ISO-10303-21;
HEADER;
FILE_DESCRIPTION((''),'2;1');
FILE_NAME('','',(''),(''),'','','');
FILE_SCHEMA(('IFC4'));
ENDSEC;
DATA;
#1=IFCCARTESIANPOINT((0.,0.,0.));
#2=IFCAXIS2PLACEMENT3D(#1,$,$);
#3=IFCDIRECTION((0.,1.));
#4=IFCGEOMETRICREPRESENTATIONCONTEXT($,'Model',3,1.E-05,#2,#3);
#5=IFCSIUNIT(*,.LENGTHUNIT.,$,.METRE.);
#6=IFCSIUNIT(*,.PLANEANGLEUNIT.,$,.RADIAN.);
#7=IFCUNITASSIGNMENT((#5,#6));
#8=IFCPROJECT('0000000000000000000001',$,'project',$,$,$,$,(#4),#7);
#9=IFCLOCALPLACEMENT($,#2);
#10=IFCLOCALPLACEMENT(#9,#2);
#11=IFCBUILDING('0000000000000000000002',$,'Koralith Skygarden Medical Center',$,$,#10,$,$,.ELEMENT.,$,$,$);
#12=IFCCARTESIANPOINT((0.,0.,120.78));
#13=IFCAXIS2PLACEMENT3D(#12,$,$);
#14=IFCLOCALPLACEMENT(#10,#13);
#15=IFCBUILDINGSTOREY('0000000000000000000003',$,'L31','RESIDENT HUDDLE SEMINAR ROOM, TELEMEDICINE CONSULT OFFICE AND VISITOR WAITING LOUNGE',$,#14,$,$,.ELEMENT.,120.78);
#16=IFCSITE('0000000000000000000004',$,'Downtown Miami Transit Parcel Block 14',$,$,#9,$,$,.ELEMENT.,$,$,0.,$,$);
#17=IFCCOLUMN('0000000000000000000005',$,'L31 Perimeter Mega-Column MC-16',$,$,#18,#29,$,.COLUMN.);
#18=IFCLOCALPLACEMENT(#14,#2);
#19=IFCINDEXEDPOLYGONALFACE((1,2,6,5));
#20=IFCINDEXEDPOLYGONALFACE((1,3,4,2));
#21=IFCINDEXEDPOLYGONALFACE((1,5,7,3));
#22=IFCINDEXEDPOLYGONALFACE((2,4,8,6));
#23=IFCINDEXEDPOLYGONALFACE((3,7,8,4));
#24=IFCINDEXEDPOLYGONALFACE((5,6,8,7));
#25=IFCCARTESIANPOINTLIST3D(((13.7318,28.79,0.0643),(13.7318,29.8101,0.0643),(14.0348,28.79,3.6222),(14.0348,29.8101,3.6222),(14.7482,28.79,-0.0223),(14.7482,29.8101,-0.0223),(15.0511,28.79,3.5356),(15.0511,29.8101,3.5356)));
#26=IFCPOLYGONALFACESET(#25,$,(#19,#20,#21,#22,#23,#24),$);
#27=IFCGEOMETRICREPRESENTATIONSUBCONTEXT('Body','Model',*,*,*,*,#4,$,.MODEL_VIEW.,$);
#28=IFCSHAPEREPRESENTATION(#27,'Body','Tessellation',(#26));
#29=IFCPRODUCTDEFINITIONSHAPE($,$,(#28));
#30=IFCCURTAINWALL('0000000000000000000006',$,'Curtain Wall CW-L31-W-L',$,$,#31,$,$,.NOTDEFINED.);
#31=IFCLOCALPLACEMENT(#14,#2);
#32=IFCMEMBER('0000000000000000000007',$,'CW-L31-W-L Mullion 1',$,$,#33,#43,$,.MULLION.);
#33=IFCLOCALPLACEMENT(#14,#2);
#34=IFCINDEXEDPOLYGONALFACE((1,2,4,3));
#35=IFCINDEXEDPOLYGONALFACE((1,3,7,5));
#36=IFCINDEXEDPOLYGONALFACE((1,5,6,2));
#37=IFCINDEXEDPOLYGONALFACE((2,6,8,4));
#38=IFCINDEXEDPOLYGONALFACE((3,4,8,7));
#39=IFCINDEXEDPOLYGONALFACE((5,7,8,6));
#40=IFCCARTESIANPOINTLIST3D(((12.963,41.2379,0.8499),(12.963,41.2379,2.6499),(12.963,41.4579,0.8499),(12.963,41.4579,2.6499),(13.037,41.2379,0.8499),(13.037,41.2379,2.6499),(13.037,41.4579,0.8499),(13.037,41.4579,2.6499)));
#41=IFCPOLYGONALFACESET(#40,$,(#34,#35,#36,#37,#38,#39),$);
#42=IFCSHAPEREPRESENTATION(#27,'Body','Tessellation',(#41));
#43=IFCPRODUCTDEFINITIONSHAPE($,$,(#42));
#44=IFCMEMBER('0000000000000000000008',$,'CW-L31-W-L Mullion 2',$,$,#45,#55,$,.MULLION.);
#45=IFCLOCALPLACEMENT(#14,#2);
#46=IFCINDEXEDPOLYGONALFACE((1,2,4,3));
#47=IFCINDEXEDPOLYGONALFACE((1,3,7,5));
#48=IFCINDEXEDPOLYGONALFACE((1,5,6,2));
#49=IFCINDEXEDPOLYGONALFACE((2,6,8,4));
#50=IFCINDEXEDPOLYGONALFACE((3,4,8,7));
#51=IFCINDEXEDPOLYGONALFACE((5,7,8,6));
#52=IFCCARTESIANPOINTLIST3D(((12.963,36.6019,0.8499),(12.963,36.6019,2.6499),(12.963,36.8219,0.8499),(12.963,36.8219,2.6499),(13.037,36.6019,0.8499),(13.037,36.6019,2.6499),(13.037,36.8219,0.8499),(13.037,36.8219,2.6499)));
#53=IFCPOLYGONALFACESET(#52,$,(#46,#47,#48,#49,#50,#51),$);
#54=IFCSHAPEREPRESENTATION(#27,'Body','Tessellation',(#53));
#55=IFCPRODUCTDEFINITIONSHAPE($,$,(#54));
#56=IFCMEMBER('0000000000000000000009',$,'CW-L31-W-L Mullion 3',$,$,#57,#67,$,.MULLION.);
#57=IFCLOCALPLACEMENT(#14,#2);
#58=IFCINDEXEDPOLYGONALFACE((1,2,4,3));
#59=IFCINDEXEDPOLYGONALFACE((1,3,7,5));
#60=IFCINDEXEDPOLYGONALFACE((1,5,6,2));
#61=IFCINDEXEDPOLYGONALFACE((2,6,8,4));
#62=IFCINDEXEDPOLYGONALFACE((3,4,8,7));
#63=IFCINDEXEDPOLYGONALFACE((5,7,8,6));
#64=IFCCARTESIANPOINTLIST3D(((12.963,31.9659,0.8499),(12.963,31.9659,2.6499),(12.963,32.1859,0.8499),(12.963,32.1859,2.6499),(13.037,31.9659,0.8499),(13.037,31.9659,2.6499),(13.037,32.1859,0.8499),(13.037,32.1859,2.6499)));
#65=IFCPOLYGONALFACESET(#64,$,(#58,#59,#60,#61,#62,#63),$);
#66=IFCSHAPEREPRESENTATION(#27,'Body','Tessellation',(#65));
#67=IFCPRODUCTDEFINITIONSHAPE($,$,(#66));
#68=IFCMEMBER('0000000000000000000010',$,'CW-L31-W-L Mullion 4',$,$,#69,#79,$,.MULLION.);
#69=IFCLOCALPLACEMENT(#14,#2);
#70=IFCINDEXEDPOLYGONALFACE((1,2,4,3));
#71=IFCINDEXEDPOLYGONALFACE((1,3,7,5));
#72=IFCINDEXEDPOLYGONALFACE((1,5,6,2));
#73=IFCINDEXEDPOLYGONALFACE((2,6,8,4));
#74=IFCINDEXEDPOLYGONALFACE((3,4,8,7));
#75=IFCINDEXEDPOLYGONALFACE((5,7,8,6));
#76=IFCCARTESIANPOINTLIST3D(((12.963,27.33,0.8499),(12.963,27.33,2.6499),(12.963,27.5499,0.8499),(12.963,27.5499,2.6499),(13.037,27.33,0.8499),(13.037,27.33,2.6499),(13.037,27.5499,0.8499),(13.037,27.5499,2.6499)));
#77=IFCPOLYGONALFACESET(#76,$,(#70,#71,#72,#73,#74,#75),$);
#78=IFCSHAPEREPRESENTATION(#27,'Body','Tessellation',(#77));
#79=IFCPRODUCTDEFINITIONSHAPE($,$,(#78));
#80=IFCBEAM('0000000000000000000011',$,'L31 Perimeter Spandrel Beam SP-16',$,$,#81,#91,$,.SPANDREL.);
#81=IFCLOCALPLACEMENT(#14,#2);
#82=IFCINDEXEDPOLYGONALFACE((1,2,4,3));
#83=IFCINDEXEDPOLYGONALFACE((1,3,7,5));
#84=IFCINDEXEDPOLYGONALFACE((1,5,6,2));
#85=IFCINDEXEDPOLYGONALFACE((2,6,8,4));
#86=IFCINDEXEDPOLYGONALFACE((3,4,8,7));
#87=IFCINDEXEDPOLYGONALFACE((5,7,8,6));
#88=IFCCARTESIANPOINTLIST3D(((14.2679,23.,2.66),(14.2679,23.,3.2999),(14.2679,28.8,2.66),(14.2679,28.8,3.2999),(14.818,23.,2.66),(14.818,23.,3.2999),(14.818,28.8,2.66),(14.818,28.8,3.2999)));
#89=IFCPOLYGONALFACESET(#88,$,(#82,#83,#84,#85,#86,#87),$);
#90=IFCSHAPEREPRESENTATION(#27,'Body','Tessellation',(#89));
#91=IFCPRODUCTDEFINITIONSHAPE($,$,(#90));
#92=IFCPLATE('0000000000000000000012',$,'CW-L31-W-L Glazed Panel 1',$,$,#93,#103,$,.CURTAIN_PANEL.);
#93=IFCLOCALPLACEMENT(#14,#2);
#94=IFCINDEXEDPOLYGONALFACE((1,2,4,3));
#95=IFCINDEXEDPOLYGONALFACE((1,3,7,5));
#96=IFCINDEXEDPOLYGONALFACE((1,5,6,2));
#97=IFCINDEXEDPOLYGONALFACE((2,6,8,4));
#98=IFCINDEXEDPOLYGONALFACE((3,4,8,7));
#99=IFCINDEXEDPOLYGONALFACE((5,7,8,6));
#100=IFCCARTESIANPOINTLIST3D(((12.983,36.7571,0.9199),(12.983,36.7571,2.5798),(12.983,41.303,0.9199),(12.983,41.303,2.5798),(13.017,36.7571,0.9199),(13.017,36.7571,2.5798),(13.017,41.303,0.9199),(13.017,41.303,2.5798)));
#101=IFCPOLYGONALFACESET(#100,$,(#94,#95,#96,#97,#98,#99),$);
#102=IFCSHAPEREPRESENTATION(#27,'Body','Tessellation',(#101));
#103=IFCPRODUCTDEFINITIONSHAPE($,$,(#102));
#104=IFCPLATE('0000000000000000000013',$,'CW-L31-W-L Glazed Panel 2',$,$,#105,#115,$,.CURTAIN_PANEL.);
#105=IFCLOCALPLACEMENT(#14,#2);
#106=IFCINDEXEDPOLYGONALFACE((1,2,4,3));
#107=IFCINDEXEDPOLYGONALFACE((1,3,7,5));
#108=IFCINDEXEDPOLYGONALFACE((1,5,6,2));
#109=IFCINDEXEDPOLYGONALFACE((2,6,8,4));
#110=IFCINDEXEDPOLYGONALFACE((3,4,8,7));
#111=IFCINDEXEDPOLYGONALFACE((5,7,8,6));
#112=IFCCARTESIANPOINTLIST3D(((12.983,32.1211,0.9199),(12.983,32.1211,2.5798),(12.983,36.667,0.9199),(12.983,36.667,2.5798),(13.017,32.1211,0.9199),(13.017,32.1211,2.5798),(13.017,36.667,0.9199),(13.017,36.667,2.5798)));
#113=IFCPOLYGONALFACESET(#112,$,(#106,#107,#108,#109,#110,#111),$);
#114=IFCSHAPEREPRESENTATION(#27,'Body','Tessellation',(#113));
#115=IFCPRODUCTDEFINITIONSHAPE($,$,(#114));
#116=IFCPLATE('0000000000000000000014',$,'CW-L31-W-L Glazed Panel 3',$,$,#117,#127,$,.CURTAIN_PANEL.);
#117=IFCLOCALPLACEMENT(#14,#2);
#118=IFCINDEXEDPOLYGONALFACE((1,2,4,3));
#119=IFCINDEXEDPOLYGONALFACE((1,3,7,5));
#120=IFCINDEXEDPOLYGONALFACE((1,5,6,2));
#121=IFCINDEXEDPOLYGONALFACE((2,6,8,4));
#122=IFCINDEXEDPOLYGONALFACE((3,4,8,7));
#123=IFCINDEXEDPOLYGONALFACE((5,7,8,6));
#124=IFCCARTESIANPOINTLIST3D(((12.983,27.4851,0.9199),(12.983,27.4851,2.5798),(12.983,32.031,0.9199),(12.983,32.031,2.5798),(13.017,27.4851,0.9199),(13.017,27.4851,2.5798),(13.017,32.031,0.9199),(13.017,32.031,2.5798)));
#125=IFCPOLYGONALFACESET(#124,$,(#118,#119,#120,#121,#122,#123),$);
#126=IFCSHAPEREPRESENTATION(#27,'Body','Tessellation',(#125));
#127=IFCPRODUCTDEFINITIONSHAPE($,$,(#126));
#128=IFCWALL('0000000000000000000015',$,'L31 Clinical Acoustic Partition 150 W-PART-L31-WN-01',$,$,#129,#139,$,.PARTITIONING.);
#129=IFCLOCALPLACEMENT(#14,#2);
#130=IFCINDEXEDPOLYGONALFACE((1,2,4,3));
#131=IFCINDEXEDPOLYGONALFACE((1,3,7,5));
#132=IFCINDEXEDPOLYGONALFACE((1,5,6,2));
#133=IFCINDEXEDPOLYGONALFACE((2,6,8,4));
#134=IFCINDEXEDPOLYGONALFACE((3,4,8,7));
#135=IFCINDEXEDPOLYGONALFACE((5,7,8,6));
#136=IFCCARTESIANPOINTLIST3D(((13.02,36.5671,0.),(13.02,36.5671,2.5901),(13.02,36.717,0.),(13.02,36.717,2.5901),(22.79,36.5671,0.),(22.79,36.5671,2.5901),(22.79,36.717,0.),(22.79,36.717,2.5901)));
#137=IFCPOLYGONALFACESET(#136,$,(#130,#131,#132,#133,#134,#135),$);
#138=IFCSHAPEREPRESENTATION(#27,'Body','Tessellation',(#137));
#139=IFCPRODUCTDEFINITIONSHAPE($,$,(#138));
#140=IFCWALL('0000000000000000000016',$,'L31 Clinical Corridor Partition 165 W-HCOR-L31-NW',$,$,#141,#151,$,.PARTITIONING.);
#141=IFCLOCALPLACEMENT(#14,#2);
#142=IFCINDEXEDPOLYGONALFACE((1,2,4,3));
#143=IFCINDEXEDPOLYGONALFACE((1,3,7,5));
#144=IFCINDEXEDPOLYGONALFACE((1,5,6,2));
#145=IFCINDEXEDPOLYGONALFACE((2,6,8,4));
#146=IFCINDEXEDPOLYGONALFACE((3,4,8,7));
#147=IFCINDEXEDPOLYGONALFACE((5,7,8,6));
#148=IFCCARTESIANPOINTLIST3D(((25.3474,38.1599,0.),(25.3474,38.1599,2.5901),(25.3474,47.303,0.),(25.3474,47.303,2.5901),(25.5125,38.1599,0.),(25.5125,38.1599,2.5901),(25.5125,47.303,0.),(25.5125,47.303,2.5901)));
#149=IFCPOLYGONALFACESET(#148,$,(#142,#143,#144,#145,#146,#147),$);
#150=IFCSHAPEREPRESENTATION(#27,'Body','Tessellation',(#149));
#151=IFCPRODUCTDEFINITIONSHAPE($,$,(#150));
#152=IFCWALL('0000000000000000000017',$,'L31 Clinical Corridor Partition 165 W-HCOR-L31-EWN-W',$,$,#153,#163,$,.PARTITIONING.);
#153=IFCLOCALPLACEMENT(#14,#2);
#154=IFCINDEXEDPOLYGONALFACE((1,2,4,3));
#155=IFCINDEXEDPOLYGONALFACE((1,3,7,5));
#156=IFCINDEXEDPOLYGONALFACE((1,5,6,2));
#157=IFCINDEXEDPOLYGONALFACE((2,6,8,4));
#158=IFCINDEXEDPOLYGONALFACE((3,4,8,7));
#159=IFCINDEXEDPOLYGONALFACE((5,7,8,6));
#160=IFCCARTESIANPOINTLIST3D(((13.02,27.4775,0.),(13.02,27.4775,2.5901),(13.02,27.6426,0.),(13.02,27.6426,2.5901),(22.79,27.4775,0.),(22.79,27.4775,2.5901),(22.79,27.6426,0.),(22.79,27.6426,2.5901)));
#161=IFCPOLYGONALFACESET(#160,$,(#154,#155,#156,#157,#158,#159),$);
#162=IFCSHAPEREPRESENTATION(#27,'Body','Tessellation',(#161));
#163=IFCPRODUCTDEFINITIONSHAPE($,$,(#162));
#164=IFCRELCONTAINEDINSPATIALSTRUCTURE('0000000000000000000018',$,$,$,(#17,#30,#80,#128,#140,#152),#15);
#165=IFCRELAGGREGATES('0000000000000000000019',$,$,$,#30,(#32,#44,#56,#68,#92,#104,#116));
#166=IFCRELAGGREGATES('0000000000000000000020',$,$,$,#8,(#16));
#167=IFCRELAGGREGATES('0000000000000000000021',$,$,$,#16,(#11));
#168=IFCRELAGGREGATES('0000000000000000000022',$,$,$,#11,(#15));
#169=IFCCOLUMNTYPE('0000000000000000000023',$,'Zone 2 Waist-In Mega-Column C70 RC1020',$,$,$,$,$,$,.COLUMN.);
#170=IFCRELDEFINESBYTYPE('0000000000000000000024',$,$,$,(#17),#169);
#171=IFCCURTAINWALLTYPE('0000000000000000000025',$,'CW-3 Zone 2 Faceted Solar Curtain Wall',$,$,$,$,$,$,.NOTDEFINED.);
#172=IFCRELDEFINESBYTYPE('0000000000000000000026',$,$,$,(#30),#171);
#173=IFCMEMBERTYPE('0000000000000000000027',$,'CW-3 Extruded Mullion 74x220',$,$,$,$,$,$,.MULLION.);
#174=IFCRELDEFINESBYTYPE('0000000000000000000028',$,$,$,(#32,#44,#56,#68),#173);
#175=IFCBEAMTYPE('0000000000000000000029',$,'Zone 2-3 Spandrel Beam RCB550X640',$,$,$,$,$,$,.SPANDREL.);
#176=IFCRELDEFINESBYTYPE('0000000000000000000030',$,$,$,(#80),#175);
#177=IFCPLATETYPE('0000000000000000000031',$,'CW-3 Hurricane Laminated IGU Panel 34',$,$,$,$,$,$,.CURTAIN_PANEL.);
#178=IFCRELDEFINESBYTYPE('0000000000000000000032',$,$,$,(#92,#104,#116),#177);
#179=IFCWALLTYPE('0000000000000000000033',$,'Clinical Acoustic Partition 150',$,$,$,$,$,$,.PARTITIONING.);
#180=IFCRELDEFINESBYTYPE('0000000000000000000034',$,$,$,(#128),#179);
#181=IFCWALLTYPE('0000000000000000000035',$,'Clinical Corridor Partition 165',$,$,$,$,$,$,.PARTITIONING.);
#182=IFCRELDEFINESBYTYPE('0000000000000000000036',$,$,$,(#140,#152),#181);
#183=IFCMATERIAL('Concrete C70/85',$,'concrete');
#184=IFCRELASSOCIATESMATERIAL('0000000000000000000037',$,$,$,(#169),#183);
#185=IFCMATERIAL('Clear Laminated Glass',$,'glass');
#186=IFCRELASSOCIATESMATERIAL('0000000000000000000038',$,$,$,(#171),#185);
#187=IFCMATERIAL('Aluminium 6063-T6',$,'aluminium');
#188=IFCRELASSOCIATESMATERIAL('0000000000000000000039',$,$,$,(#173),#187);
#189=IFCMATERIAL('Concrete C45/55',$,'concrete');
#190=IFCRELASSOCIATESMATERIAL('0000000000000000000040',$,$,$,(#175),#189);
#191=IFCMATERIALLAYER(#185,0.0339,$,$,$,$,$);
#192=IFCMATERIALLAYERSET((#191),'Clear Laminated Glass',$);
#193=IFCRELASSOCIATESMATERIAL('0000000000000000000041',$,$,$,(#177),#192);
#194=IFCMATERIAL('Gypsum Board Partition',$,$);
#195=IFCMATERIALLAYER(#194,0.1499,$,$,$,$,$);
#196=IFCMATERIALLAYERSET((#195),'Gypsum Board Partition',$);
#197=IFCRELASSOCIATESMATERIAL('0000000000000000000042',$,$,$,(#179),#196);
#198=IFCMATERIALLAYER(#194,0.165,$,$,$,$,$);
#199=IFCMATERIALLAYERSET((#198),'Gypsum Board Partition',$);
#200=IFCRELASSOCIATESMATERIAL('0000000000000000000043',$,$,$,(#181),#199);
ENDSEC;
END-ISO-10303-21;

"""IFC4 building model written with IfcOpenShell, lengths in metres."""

from ifc_helpers import new_model, si_unit, direction, frame, frame_2d, origin, origin_2d, place, context, subcontext, project, spatial, rectangle, extrude, material, layer, layer_set, material_profile, profile_set, type_object, element, aggregate, save


model = new_model("IFC4")

# Units and contexts
model_context = context("Model", 3, precision=1e-05, world=origin(), true_north=direction((0.0, 1.0)))
body_context = subcontext(model_context, "Body", "Model", "MODEL_VIEW")
ifc_project = project(units=[si_unit("LENGTHUNIT", "METRE"), si_unit("PLANEANGLEUNIT", "RADIAN")], contexts=[model_context])

# Site, building, storey
site_placement = place(None, origin())
site = spatial("IfcSite", under=ifc_project, at=site_placement, Name="Downtown Miami Transit Parcel Block 14", CompositionType="ELEMENT", RefElevation=0.0)
building_placement = place(site_placement, origin())
building = spatial("IfcBuilding", under=site, at=building_placement, Name="Koralith Skygarden Medical Center", CompositionType="ELEMENT")
storey_placement = place(building_placement, frame((0.0, 0.0, 120.78)))
storey = spatial("IfcBuildingStorey", under=building, at=storey_placement, Name="L31", Description="RESIDENT HUDDLE SEMINAR ROOM, TELEMEDICINE CONSULT OFFICE AND VISITOR WAITING LOUNGE", CompositionType="ELEMENT", Elevation=120.78)

# Column
ifc_material_1 = material(Name="Concrete C70/85", Category="concrete")
ifc_material_profile_1 = material_profile(ifc_material_1, rectangle(XDim=1.02, YDim=1.02, at=origin_2d()), Name="RC1020X1020")
ifc_profile_set_1 = profile_set([ifc_material_profile_1], Name="Concrete C70/85")
column_type = type_object("IfcColumnType", Name="Zone 2 Waist-In Mega-Column C70 RC1020", PredefinedType="COLUMN", material=ifc_profile_set_1)
column_placement = place(storey_placement, frame((14.24, 29.3, 0.021), z_axis=(0.08485, 0.0, 0.996394), x_axis=(0.0, 1.0, 0.0)))
element("IfcColumn", 1, at=column_placement, inside=storey, type_object=column_type, Name="L31 Perimeter Mega-Column MC-16", PredefinedType="COLUMN", context=body_context, shape_type="SweptSolid", body=[
    extrude(rectangle(XDim=1.02, YDim=1.02, at=origin_2d()), origin(), (0.0, 0.0, 1.0), 3.5708),
])

# Curtain wall, members
ifc_material_2 = material(Name="Clear Laminated Glass", Category="glass")
curtain_wall_type = type_object("IfcCurtainWallType", Name="CW-3 Zone 2 Faceted Solar Curtain Wall", PredefinedType="NOTDEFINED", material=ifc_material_2)
curtain_wall_placement = place(storey_placement, origin())
curtain_wall = element("IfcCurtainWall", 2, at=curtain_wall_placement, inside=storey, type_object=curtain_wall_type, Name="Curtain Wall CW-L31-W-L", PredefinedType="NOTDEFINED")
ifc_material_3 = material(Name="Aluminium 6063-T6", Category="aluminium")
ifc_material_profile_2 = material_profile(ifc_material_3, rectangle(XDim=0.074, YDim=0.22, at=origin_2d()), Name="MUL74X220")
ifc_profile_set_2 = profile_set([ifc_material_profile_2], Name="Aluminium 6063-T6")
member_type = type_object("IfcMemberType", Name="CW-3 Extruded Mullion 74x220", PredefinedType="MULLION", material=ifc_profile_set_2)
member_1_placement = place(storey_placement, frame((13.0, 41.3479, 0.8499), z_axis=(0.0, 0.0, 1.0), x_axis=(1.0, 0.0, 0.0)))
member_1 = element("IfcMember", 3, at=member_1_placement, type_object=member_type, Name="CW-L31-W-L Mullion 1", PredefinedType="MULLION", context=body_context, shape_type="SweptSolid", body=[
    extrude(rectangle(XDim=0.074, YDim=0.22, at=origin_2d()), origin(), (0.0, 0.0, 1.0), 1.8),
])
member_2_placement = place(storey_placement, frame((13.0, 36.7119, 0.8499), z_axis=(0.0, 0.0, 1.0), x_axis=(1.0, 0.0, 0.0)))
member_2 = element("IfcMember", 4, at=member_2_placement, type_object=member_type, Name="CW-L31-W-L Mullion 2", PredefinedType="MULLION", context=body_context, shape_type="SweptSolid", body=[
    extrude(rectangle(XDim=0.074, YDim=0.22, at=origin_2d()), origin(), (0.0, 0.0, 1.0), 1.8),
])
member_3_placement = place(storey_placement, frame((13.0, 32.0759, 0.8499), z_axis=(0.0, 0.0, 1.0), x_axis=(1.0, 0.0, 0.0)))
member_3 = element("IfcMember", 5, at=member_3_placement, type_object=member_type, Name="CW-L31-W-L Mullion 3", PredefinedType="MULLION", context=body_context, shape_type="SweptSolid", body=[
    extrude(rectangle(XDim=0.074, YDim=0.22, at=origin_2d()), origin(), (0.0, 0.0, 1.0), 1.8),
])
member_4_placement = place(storey_placement, frame((13.0, 27.4399, 0.8499), z_axis=(0.0, 0.0, 1.0), x_axis=(1.0, 0.0, 0.0)))
member_4 = element("IfcMember", 6, at=member_4_placement, type_object=member_type, Name="CW-L31-W-L Mullion 4", PredefinedType="MULLION", context=body_context, shape_type="SweptSolid", body=[
    extrude(rectangle(XDim=0.074, YDim=0.22, at=origin_2d()), origin(), (0.0, 0.0, 1.0), 1.8),
])

# Beam
ifc_material_4 = material(Name="Concrete C45/55", Category="concrete")
ifc_material_profile_3 = material_profile(ifc_material_4, rectangle(XDim=0.55, YDim=0.6399, at=origin_2d()), Name="RCB550X640")
ifc_profile_set_3 = profile_set([ifc_material_profile_3], Name="Concrete C45/55")
beam_type = type_object("IfcBeamType", Name="Zone 2-3 Spandrel Beam RCB550X640", PredefinedType="SPANDREL", material=ifc_profile_set_3)
beam_placement = place(storey_placement, frame((14.543, 28.8, 2.98), z_axis=(0.0, -1.0, 0.0), x_axis=(1.0, 0.0, 0.0)))
element("IfcBeam", 7, at=beam_placement, inside=storey, type_object=beam_type, Name="L31 Perimeter Spandrel Beam SP-16", PredefinedType="SPANDREL", context=body_context, shape_type="SweptSolid", body=[
    extrude(rectangle(XDim=0.55, YDim=0.6399, at=origin_2d()), origin(), (0.0, 0.0, 1.0), 5.8),
])

# Plates
ifc_layer_1 = layer(ifc_material_2, 0.0339)
ifc_layer_set_1 = layer_set([ifc_layer_1], Name="Clear Laminated Glass")
plate_type = type_object("IfcPlateType", Name="CW-3 Hurricane Laminated IGU Panel 34", PredefinedType="CURTAIN_PANEL", material=ifc_layer_set_1)
plate_1_placement = place(storey_placement, frame((13.0, 39.03, 0.9199), z_axis=(0.0, 0.0, 1.0), x_axis=(0.0, -1.0, 0.0)))
plate_1 = element("IfcPlate", 8, at=plate_1_placement, type_object=plate_type, Name="CW-L31-W-L Glazed Panel 1", PredefinedType="CURTAIN_PANEL", context=body_context, shape_type="SweptSolid", body=[
    extrude(rectangle(XDim=4.5459, YDim=0.0339, at=origin_2d()), origin(), (0.0, 0.0, 1.0), 1.6599),
])
plate_2_placement = place(storey_placement, frame((13.0, 34.394, 0.9199), z_axis=(0.0, 0.0, 1.0), x_axis=(0.0, -1.0, 0.0)))
plate_2 = element("IfcPlate", 9, at=plate_2_placement, type_object=plate_type, Name="CW-L31-W-L Glazed Panel 2", PredefinedType="CURTAIN_PANEL", context=body_context, shape_type="SweptSolid", body=[
    extrude(rectangle(XDim=4.5459, YDim=0.0339, at=origin_2d()), origin(), (0.0, 0.0, 1.0), 1.6599),
])
plate_3_placement = place(storey_placement, frame((13.0, 29.7581, 0.9199), z_axis=(0.0, 0.0, 1.0), x_axis=(0.0, -1.0, 0.0)))
plate_3 = element("IfcPlate", 10, at=plate_3_placement, type_object=plate_type, Name="CW-L31-W-L Glazed Panel 3", PredefinedType="CURTAIN_PANEL", context=body_context, shape_type="SweptSolid", body=[
    extrude(rectangle(XDim=4.5459, YDim=0.0339, at=origin_2d()), origin(), (0.0, 0.0, 1.0), 1.6599),
])
aggregate(curtain_wall, [member_1, member_2, member_3, member_4, plate_1, plate_2, plate_3])

# Walls
ifc_material_5 = material(Name="Gypsum Board Partition")
ifc_layer_2 = layer(ifc_material_5, 0.1499)
ifc_layer_set_2 = layer_set([ifc_layer_2], Name="Gypsum Board Partition")
wall_type_1 = type_object("IfcWallType", Name="Clinical Acoustic Partition 150", PredefinedType="PARTITIONING", material=ifc_layer_set_2)
wall_1_placement = place(storey_placement, frame((22.79, 36.6421, 0.0), z_axis=(0.0, 0.0, 1.0), x_axis=(-1.0, 0.0, 0.0)))
element("IfcWall", 11, at=wall_1_placement, inside=storey, type_object=wall_type_1, Name="L31 Clinical Acoustic Partition 150 W-PART-L31-WN-01", PredefinedType="PARTITIONING", context=body_context, shape_type="SweptSolid", body=[
    extrude(rectangle(XDim=9.77, YDim=0.1499, at=frame_2d((4.885, 0.0))), origin(), (0.0, 0.0, 1.0), 2.5901),
])
ifc_layer_3 = layer(ifc_material_5, 0.165)
ifc_layer_set_3 = layer_set([ifc_layer_3], Name="Gypsum Board Partition")
wall_type_2 = type_object("IfcWallType", Name="Clinical Corridor Partition 165", PredefinedType="PARTITIONING", material=ifc_layer_set_3)
wall_2_placement = place(storey_placement, frame((25.4299, 38.1599, 0.0), z_axis=(0.0, 0.0, 1.0), x_axis=(0.0, 1.0, 0.0)))
element("IfcWall", 12, at=wall_2_placement, inside=storey, type_object=wall_type_2, Name="L31 Clinical Corridor Partition 165 W-HCOR-L31-NW", PredefinedType="PARTITIONING", context=body_context, shape_type="SweptSolid", body=[
    extrude(rectangle(XDim=9.1431, YDim=0.165, at=frame_2d((4.5715, 0.0))), origin(), (0.0, 0.0, 1.0), 2.5901),
])
wall_3_placement = place(storey_placement, frame((13.02, 27.5601, 0.0), z_axis=(0.0, 0.0, 1.0), x_axis=(1.0, 0.0, 0.0)))
element("IfcWall", 13, at=wall_3_placement, inside=storey, type_object=wall_type_2, Name="L31 Clinical Corridor Partition 165 W-HCOR-L31-EWN-W", PredefinedType="PARTITIONING", context=body_context, shape_type="SweptSolid", body=[
    extrude(rectangle(XDim=9.77, YDim=0.165, at=frame_2d((4.885, 0.0))), origin(), (0.0, 0.0, 1.0), 2.5901),
])

save(model, "model.ifc")
